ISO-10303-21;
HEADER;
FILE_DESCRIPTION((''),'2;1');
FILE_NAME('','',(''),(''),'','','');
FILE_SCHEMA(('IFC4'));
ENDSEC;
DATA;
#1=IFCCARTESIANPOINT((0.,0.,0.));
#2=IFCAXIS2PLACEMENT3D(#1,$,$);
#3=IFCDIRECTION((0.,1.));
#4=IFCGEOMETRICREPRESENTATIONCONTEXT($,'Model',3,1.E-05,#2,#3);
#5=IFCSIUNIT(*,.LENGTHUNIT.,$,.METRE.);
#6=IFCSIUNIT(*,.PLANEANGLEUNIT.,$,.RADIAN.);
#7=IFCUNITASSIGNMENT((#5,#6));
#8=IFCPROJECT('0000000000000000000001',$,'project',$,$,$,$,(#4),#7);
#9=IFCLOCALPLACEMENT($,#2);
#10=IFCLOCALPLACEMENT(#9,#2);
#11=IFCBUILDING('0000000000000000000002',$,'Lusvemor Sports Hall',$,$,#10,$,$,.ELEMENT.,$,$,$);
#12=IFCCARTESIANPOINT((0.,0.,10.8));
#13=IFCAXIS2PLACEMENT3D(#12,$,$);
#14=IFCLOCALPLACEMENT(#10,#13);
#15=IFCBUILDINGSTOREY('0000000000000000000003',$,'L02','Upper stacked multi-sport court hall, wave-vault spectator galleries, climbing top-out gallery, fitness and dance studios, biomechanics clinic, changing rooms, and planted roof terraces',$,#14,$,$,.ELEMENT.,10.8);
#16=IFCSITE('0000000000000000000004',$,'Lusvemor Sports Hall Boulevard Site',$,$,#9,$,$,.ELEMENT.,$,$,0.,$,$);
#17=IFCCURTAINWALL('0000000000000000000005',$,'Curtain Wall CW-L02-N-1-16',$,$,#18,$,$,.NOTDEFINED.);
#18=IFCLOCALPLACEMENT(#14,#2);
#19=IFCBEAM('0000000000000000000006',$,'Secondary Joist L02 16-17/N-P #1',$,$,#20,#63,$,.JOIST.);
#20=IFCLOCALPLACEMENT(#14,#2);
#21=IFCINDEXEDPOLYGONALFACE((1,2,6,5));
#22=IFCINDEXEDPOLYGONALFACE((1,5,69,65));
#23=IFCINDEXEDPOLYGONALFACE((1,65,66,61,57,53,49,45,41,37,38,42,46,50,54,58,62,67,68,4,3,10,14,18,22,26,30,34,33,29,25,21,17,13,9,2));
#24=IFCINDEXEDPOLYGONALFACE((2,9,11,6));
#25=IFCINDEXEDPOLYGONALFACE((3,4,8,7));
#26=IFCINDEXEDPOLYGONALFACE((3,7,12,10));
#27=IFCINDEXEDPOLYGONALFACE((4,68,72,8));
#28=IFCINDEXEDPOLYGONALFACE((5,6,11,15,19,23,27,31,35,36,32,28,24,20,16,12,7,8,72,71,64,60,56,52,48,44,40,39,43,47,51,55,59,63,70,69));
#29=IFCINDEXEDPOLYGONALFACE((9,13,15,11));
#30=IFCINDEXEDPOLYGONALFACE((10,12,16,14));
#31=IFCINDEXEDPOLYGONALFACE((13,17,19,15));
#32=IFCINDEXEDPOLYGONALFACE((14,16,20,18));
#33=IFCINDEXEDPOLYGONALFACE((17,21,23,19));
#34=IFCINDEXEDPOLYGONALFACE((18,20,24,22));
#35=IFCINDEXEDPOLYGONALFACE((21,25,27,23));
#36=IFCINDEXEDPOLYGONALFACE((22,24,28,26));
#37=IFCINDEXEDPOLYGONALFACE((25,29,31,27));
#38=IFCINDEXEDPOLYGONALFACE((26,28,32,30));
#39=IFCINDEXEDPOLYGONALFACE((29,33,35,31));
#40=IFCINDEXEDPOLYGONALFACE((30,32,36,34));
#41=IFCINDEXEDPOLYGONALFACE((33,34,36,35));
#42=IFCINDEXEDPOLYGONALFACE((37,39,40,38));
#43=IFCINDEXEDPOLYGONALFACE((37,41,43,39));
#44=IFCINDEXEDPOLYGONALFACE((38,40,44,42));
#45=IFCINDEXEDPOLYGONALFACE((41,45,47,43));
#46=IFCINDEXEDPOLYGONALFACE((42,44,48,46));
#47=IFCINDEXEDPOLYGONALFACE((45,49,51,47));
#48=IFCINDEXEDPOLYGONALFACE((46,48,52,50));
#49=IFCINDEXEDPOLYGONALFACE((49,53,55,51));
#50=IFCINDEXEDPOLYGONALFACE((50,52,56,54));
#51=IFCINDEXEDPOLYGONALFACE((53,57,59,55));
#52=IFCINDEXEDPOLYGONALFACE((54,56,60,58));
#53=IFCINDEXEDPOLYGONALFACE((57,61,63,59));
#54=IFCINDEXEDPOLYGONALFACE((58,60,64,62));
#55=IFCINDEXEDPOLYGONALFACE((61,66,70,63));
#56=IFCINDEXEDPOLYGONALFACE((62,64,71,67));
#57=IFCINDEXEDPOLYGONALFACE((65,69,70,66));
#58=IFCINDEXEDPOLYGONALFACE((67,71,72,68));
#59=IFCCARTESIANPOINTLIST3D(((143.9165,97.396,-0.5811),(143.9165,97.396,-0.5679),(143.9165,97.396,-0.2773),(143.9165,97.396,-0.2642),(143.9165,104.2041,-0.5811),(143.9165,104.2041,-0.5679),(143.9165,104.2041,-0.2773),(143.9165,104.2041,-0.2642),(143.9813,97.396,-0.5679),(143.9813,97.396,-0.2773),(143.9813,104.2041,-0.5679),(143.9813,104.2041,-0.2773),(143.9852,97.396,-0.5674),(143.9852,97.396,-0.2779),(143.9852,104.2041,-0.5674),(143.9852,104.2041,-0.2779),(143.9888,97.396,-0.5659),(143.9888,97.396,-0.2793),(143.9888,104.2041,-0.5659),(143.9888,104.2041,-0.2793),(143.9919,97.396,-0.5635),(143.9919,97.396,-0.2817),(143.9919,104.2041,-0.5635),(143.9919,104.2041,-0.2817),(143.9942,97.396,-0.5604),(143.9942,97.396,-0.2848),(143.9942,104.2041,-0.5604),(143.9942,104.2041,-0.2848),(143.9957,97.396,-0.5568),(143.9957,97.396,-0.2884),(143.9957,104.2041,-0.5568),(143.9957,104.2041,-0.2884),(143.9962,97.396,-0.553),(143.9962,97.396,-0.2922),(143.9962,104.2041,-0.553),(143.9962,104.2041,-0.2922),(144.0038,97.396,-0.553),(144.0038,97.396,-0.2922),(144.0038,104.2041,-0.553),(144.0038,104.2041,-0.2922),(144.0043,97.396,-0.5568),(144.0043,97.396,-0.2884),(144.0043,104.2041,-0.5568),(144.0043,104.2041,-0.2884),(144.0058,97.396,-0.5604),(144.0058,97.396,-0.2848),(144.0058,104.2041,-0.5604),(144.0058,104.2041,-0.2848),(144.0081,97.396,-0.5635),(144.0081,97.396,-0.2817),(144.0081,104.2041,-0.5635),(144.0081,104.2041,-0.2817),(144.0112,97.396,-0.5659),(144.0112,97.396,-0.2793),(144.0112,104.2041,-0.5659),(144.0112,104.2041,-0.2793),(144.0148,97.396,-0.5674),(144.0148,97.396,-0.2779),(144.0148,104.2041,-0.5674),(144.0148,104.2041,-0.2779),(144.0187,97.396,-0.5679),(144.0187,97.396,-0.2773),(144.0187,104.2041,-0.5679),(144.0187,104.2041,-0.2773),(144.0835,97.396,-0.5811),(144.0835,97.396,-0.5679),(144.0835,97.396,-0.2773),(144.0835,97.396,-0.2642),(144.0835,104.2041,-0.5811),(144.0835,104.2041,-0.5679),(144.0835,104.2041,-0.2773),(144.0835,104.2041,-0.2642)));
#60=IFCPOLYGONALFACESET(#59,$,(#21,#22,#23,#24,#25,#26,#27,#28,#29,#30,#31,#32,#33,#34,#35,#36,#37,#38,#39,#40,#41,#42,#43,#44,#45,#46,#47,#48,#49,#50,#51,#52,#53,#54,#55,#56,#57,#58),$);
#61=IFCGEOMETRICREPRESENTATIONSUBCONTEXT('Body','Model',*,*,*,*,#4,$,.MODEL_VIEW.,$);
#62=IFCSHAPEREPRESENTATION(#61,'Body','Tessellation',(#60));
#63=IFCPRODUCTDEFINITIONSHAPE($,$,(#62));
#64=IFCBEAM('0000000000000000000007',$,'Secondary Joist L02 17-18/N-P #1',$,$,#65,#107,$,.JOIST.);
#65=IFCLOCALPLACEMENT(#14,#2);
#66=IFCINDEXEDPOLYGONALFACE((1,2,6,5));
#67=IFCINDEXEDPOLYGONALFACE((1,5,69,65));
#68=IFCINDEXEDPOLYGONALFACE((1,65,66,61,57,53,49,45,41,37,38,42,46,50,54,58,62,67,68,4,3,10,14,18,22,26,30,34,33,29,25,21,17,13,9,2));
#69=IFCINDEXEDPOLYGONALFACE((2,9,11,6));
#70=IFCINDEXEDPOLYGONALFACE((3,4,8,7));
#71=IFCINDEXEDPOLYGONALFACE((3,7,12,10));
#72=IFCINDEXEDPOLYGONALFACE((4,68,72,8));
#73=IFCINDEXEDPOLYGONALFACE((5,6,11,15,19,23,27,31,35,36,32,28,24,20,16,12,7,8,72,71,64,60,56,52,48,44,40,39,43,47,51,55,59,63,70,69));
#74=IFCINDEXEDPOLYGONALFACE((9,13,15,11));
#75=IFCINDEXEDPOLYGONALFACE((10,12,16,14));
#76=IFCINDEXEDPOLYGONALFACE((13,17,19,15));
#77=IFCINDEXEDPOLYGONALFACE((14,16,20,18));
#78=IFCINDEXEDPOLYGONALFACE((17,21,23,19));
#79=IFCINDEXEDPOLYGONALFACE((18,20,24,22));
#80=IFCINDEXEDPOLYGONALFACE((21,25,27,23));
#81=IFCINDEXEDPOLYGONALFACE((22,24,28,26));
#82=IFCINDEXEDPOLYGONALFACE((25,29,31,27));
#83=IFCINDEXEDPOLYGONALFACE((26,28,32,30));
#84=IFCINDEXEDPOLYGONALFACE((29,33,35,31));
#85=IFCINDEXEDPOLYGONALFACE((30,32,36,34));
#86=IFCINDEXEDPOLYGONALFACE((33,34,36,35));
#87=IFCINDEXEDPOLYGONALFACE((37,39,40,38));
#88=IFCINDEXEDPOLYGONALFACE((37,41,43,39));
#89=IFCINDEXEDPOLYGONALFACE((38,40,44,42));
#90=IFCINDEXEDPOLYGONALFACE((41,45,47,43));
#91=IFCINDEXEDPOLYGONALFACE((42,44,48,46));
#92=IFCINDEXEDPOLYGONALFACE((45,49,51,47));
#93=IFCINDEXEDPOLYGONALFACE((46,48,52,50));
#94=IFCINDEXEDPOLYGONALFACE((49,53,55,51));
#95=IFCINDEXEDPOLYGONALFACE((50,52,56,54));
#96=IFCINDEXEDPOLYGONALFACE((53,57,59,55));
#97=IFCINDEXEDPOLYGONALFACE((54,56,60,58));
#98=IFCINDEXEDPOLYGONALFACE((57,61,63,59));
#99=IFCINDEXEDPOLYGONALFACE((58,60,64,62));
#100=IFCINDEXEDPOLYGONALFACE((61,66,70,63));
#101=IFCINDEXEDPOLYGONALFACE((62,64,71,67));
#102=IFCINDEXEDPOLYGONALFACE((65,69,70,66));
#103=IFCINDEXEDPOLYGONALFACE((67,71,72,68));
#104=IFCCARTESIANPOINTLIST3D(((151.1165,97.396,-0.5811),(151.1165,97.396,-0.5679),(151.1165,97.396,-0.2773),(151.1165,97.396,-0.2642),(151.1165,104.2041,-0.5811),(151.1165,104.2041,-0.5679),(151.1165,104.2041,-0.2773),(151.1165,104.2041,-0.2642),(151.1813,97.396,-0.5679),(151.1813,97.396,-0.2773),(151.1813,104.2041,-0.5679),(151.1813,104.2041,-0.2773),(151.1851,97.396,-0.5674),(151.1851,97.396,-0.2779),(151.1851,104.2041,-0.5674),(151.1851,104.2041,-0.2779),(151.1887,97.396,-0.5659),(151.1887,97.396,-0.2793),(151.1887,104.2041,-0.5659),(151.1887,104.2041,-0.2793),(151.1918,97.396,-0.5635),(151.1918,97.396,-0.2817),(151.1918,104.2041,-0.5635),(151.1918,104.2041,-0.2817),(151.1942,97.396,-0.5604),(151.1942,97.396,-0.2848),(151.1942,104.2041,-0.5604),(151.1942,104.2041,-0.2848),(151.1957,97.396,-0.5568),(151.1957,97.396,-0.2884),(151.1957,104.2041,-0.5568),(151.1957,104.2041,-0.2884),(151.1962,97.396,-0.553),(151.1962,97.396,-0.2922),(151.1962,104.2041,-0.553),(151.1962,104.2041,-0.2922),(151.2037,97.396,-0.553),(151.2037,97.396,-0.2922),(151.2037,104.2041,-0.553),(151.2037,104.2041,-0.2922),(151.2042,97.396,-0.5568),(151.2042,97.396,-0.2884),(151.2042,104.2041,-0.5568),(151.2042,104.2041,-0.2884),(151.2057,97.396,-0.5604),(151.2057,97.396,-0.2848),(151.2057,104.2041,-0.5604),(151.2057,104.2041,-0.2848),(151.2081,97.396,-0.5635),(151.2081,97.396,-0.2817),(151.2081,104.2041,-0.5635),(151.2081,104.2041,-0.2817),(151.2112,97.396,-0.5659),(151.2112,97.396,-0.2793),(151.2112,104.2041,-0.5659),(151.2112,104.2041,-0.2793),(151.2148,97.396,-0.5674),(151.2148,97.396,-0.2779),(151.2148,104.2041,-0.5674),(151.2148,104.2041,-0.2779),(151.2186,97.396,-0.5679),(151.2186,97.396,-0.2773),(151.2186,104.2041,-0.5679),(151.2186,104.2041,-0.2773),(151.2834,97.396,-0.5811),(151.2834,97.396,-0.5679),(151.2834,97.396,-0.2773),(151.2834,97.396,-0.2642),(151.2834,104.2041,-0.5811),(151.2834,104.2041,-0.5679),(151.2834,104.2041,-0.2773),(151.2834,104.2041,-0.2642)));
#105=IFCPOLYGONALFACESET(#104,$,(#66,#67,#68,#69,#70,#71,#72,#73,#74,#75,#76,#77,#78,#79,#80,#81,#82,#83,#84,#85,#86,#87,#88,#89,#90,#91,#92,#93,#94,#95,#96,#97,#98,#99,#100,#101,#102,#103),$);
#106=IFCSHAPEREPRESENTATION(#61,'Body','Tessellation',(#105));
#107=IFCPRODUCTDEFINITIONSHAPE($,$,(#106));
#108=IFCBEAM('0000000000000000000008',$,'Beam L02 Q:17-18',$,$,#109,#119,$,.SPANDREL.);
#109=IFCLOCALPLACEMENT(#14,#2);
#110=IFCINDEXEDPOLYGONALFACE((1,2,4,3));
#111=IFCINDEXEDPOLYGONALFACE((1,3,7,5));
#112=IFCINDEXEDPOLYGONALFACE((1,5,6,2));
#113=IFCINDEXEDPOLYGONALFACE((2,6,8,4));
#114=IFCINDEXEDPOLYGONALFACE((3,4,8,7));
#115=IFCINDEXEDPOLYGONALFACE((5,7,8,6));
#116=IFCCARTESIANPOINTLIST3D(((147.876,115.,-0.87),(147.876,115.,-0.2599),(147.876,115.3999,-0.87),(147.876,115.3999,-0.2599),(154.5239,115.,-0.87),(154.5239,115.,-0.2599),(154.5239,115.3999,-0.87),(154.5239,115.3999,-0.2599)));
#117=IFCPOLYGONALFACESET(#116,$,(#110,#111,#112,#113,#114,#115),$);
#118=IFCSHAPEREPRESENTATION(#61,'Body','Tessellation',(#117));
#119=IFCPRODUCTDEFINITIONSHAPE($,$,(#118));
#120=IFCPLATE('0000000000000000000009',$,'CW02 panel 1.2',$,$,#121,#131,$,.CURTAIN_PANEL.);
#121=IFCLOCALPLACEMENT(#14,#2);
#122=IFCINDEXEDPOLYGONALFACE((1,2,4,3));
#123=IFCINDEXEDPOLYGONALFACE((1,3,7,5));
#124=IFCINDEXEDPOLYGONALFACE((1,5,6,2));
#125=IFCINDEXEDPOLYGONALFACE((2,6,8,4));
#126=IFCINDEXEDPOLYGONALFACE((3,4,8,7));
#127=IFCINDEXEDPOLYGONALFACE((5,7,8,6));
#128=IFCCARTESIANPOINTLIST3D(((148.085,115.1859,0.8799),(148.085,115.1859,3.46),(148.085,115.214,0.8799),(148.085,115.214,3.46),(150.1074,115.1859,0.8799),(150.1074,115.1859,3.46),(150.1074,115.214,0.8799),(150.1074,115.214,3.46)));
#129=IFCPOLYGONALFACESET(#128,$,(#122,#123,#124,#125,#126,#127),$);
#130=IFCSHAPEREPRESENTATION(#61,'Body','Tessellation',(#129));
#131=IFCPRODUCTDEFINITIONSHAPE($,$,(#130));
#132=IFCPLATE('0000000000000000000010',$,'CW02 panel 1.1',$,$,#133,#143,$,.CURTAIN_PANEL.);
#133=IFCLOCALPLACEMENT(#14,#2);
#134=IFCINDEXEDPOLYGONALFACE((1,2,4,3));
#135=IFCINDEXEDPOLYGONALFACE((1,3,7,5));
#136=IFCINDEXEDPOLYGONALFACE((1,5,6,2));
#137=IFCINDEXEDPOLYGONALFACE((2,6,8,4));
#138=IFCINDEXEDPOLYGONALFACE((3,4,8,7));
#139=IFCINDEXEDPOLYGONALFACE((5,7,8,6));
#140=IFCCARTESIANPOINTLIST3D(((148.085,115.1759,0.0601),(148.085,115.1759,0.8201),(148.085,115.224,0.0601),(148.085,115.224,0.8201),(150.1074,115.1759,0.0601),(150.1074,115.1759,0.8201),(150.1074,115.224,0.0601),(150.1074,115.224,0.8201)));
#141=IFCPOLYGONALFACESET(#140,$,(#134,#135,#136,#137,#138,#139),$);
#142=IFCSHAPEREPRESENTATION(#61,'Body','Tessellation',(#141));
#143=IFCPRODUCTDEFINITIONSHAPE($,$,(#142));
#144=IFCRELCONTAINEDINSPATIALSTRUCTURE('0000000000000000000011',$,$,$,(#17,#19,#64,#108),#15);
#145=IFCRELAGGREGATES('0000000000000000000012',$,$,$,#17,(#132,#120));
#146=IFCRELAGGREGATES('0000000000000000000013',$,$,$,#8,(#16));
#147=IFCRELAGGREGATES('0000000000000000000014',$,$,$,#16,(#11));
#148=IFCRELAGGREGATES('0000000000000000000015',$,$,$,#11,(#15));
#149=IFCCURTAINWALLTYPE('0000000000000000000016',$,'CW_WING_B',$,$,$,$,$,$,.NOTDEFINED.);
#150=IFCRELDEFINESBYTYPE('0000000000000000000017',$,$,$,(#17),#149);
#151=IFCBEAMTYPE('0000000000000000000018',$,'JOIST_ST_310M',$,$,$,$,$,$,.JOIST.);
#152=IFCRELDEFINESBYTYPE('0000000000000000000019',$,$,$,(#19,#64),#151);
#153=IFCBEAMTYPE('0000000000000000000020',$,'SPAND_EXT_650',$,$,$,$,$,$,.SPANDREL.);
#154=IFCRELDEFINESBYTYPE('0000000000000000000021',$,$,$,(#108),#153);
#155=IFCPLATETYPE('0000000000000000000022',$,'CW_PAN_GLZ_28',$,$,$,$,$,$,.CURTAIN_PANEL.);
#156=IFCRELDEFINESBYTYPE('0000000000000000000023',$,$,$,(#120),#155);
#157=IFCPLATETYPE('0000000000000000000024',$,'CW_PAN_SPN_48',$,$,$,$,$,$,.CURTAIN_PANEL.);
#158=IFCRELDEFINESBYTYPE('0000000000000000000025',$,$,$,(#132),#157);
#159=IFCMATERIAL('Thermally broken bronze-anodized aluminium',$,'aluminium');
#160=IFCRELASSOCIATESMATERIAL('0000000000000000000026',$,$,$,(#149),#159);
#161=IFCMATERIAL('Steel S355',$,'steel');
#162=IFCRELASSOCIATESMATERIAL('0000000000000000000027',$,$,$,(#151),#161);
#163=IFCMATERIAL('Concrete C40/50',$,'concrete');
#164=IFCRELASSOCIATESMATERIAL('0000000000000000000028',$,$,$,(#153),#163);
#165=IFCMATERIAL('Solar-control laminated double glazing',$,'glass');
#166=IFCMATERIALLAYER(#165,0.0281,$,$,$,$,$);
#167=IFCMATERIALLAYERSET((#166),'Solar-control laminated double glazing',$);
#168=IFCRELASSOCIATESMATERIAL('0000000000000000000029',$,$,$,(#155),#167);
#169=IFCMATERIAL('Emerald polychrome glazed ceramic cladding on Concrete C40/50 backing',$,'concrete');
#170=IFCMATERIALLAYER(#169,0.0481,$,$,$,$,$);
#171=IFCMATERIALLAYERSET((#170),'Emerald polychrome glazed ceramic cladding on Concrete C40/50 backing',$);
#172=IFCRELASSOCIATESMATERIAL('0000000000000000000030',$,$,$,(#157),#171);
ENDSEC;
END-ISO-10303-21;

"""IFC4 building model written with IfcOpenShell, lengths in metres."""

from ifc_helpers import new_model, si_unit, direction, frame, origin, origin_2d, place, context, subcontext, project, spatial, rectangle, i_section, extrude, material, layer, layer_set, material_profile, profile_set, type_object, element, aggregate, save


model = new_model("IFC4")

# Units and contexts
model_context = context("Model", 3, precision=1e-05, world=origin(), true_north=direction((0.0, 1.0)))
body_context = subcontext(model_context, "Body", "Model", "MODEL_VIEW")
ifc_project = project(units=[si_unit("LENGTHUNIT", "METRE"), si_unit("PLANEANGLEUNIT", "RADIAN")], contexts=[model_context])

# Site, building, storey
site_placement = place(None, origin())
site = spatial("IfcSite", under=ifc_project, at=site_placement, Name="Lusvemor Sports Hall Boulevard Site", CompositionType="ELEMENT", RefElevation=0.0)
building_placement = place(site_placement, origin())
building = spatial("IfcBuilding", under=site, at=building_placement, Name="Lusvemor Sports Hall", CompositionType="ELEMENT")
storey_placement = place(building_placement, frame((0.0, 0.0, 10.8)))
storey = spatial("IfcBuildingStorey", under=building, at=storey_placement, Name="L02", Description="Upper stacked multi-sport court hall, wave-vault spectator galleries, climbing top-out gallery, fitness and dance studios, biomechanics clinic, changing rooms, and planted roof terraces", CompositionType="ELEMENT", Elevation=10.8)

# Curtain wall
ifc_material_1 = material(Name="Thermally broken bronze-anodized aluminium", Category="aluminium")
curtain_wall_type = type_object("IfcCurtainWallType", Name="CW_WING_B", PredefinedType="NOTDEFINED", material=ifc_material_1)
curtain_wall_placement = place(storey_placement, origin())
curtain_wall = element("IfcCurtainWall", 1, at=curtain_wall_placement, inside=storey, type_object=curtain_wall_type, Name="Curtain Wall CW-L02-N-1-16", PredefinedType="NOTDEFINED")

# Beams
ifc_material_2 = material(Name="Steel S355", Category="steel")
ifc_material_profile_1 = material_profile(ifc_material_2, i_section(OverallWidth=0.167, OverallDepth=0.3169, WebThickness=0.0076, FlangeThickness=0.0132, FilletRadius=0.0149, at=origin_2d()), Name="W310x52.0")
ifc_profile_set_1 = profile_set([ifc_material_profile_1], Name="Steel S355")
beam_type_1 = type_object("IfcBeamType", Name="JOIST_ST_310M", PredefinedType="JOIST", material=ifc_profile_set_1)
for number, where, z_axis, x_axis, name in (
    (2, (144.0, 97.396, -0.4226), (0.0, 1.0, 0.0), (-1.0, 0.0, 0.0), "Secondary Joist L02 16-17/N-P #1"),
    (3, (151.2, 97.396, -0.4226), (0.0, 1.0, 0.0), (-1.0, 0.0, 0.0), "Secondary Joist L02 17-18/N-P #1"),
):
    element("IfcBeam", number, at=place(storey_placement, frame(where, z_axis=z_axis, x_axis=x_axis)), inside=storey, type_object=beam_type_1, Name=name, PredefinedType="JOIST", context=body_context, shape_type="SweptSolid", body=[
        extrude(i_section(OverallWidth=0.167, OverallDepth=0.3169, WebThickness=0.0076, FlangeThickness=0.0132, FilletRadius=0.0149, at=origin_2d()), origin(), (0.0, 0.0, 1.0), 6.8081),
    ])
ifc_material_3 = material(Name="Concrete C40/50", Category="concrete")
ifc_material_profile_2 = material_profile(ifc_material_3, rectangle(XDim=0.3999, YDim=0.6101, at=origin_2d()), Name="RC400x610")
ifc_profile_set_2 = profile_set([ifc_material_profile_2], Name="Concrete C40/50")
beam_type_2 = type_object("IfcBeamType", Name="SPAND_EXT_650", PredefinedType="SPANDREL", material=ifc_profile_set_2)
beam_1_placement = place(storey_placement, frame((147.876, 115.2, -0.5649), z_axis=(1.0, 0.0, 0.0), x_axis=(0.0, 1.0, 0.0)))
element("IfcBeam", 4, at=beam_1_placement, inside=storey, type_object=beam_type_2, Name="Beam L02 Q:17-18", PredefinedType="SPANDREL", context=body_context, shape_type="SweptSolid", body=[
    extrude(rectangle(XDim=0.3999, YDim=0.6101, at=origin_2d()), origin(), (0.0, 0.0, 1.0), 6.6479),
])

# Plates
ifc_material_4 = material(Name="Solar-control laminated double glazing", Category="glass")
ifc_layer_1 = layer(ifc_material_4, 0.0281)
ifc_layer_set_1 = layer_set([ifc_layer_1], Name="Solar-control laminated double glazing")
plate_type_1 = type_object("IfcPlateType", Name="CW_PAN_GLZ_28", PredefinedType="CURTAIN_PANEL", material=ifc_layer_set_1)
plate_1_placement = place(storey_placement, frame((149.0962, 115.2, 0.8799), z_axis=(0.0, 0.0, 1.0), x_axis=(1.0, 0.0, 0.0)))
plate_1 = element("IfcPlate", 5, at=plate_1_placement, type_object=plate_type_1, Name="CW02 panel 1.2", PredefinedType="CURTAIN_PANEL", context=body_context, shape_type="SweptSolid", body=[
    extrude(rectangle(XDim=2.0225, YDim=0.0281, at=origin_2d()), origin(), (0.0, 0.0, 1.0), 2.5801),
])
ifc_material_5 = material(Name="Emerald polychrome glazed ceramic cladding on Concrete C40/50 backing", Category="concrete")
ifc_layer_2 = layer(ifc_material_5, 0.0481)
ifc_layer_set_2 = layer_set([ifc_layer_2], Name="Emerald polychrome glazed ceramic cladding on Concrete C40/50 backing")
plate_type_2 = type_object("IfcPlateType", Name="CW_PAN_SPN_48", PredefinedType="CURTAIN_PANEL", material=ifc_layer_set_2)
plate_2_placement = place(storey_placement, frame((149.0962, 115.2, 0.0601), z_axis=(0.0, 0.0, 1.0), x_axis=(1.0, 0.0, 0.0)))
plate_2 = element("IfcPlate", 6, at=plate_2_placement, type_object=plate_type_2, Name="CW02 panel 1.1", PredefinedType="CURTAIN_PANEL", context=body_context, shape_type="SweptSolid", body=[
    extrude(rectangle(XDim=2.0225, YDim=0.0481, at=origin_2d()), origin(), (0.0, 0.0, 1.0), 0.76),
])
aggregate(curtain_wall, [plate_2, plate_1])

save(model, "model.ifc")
